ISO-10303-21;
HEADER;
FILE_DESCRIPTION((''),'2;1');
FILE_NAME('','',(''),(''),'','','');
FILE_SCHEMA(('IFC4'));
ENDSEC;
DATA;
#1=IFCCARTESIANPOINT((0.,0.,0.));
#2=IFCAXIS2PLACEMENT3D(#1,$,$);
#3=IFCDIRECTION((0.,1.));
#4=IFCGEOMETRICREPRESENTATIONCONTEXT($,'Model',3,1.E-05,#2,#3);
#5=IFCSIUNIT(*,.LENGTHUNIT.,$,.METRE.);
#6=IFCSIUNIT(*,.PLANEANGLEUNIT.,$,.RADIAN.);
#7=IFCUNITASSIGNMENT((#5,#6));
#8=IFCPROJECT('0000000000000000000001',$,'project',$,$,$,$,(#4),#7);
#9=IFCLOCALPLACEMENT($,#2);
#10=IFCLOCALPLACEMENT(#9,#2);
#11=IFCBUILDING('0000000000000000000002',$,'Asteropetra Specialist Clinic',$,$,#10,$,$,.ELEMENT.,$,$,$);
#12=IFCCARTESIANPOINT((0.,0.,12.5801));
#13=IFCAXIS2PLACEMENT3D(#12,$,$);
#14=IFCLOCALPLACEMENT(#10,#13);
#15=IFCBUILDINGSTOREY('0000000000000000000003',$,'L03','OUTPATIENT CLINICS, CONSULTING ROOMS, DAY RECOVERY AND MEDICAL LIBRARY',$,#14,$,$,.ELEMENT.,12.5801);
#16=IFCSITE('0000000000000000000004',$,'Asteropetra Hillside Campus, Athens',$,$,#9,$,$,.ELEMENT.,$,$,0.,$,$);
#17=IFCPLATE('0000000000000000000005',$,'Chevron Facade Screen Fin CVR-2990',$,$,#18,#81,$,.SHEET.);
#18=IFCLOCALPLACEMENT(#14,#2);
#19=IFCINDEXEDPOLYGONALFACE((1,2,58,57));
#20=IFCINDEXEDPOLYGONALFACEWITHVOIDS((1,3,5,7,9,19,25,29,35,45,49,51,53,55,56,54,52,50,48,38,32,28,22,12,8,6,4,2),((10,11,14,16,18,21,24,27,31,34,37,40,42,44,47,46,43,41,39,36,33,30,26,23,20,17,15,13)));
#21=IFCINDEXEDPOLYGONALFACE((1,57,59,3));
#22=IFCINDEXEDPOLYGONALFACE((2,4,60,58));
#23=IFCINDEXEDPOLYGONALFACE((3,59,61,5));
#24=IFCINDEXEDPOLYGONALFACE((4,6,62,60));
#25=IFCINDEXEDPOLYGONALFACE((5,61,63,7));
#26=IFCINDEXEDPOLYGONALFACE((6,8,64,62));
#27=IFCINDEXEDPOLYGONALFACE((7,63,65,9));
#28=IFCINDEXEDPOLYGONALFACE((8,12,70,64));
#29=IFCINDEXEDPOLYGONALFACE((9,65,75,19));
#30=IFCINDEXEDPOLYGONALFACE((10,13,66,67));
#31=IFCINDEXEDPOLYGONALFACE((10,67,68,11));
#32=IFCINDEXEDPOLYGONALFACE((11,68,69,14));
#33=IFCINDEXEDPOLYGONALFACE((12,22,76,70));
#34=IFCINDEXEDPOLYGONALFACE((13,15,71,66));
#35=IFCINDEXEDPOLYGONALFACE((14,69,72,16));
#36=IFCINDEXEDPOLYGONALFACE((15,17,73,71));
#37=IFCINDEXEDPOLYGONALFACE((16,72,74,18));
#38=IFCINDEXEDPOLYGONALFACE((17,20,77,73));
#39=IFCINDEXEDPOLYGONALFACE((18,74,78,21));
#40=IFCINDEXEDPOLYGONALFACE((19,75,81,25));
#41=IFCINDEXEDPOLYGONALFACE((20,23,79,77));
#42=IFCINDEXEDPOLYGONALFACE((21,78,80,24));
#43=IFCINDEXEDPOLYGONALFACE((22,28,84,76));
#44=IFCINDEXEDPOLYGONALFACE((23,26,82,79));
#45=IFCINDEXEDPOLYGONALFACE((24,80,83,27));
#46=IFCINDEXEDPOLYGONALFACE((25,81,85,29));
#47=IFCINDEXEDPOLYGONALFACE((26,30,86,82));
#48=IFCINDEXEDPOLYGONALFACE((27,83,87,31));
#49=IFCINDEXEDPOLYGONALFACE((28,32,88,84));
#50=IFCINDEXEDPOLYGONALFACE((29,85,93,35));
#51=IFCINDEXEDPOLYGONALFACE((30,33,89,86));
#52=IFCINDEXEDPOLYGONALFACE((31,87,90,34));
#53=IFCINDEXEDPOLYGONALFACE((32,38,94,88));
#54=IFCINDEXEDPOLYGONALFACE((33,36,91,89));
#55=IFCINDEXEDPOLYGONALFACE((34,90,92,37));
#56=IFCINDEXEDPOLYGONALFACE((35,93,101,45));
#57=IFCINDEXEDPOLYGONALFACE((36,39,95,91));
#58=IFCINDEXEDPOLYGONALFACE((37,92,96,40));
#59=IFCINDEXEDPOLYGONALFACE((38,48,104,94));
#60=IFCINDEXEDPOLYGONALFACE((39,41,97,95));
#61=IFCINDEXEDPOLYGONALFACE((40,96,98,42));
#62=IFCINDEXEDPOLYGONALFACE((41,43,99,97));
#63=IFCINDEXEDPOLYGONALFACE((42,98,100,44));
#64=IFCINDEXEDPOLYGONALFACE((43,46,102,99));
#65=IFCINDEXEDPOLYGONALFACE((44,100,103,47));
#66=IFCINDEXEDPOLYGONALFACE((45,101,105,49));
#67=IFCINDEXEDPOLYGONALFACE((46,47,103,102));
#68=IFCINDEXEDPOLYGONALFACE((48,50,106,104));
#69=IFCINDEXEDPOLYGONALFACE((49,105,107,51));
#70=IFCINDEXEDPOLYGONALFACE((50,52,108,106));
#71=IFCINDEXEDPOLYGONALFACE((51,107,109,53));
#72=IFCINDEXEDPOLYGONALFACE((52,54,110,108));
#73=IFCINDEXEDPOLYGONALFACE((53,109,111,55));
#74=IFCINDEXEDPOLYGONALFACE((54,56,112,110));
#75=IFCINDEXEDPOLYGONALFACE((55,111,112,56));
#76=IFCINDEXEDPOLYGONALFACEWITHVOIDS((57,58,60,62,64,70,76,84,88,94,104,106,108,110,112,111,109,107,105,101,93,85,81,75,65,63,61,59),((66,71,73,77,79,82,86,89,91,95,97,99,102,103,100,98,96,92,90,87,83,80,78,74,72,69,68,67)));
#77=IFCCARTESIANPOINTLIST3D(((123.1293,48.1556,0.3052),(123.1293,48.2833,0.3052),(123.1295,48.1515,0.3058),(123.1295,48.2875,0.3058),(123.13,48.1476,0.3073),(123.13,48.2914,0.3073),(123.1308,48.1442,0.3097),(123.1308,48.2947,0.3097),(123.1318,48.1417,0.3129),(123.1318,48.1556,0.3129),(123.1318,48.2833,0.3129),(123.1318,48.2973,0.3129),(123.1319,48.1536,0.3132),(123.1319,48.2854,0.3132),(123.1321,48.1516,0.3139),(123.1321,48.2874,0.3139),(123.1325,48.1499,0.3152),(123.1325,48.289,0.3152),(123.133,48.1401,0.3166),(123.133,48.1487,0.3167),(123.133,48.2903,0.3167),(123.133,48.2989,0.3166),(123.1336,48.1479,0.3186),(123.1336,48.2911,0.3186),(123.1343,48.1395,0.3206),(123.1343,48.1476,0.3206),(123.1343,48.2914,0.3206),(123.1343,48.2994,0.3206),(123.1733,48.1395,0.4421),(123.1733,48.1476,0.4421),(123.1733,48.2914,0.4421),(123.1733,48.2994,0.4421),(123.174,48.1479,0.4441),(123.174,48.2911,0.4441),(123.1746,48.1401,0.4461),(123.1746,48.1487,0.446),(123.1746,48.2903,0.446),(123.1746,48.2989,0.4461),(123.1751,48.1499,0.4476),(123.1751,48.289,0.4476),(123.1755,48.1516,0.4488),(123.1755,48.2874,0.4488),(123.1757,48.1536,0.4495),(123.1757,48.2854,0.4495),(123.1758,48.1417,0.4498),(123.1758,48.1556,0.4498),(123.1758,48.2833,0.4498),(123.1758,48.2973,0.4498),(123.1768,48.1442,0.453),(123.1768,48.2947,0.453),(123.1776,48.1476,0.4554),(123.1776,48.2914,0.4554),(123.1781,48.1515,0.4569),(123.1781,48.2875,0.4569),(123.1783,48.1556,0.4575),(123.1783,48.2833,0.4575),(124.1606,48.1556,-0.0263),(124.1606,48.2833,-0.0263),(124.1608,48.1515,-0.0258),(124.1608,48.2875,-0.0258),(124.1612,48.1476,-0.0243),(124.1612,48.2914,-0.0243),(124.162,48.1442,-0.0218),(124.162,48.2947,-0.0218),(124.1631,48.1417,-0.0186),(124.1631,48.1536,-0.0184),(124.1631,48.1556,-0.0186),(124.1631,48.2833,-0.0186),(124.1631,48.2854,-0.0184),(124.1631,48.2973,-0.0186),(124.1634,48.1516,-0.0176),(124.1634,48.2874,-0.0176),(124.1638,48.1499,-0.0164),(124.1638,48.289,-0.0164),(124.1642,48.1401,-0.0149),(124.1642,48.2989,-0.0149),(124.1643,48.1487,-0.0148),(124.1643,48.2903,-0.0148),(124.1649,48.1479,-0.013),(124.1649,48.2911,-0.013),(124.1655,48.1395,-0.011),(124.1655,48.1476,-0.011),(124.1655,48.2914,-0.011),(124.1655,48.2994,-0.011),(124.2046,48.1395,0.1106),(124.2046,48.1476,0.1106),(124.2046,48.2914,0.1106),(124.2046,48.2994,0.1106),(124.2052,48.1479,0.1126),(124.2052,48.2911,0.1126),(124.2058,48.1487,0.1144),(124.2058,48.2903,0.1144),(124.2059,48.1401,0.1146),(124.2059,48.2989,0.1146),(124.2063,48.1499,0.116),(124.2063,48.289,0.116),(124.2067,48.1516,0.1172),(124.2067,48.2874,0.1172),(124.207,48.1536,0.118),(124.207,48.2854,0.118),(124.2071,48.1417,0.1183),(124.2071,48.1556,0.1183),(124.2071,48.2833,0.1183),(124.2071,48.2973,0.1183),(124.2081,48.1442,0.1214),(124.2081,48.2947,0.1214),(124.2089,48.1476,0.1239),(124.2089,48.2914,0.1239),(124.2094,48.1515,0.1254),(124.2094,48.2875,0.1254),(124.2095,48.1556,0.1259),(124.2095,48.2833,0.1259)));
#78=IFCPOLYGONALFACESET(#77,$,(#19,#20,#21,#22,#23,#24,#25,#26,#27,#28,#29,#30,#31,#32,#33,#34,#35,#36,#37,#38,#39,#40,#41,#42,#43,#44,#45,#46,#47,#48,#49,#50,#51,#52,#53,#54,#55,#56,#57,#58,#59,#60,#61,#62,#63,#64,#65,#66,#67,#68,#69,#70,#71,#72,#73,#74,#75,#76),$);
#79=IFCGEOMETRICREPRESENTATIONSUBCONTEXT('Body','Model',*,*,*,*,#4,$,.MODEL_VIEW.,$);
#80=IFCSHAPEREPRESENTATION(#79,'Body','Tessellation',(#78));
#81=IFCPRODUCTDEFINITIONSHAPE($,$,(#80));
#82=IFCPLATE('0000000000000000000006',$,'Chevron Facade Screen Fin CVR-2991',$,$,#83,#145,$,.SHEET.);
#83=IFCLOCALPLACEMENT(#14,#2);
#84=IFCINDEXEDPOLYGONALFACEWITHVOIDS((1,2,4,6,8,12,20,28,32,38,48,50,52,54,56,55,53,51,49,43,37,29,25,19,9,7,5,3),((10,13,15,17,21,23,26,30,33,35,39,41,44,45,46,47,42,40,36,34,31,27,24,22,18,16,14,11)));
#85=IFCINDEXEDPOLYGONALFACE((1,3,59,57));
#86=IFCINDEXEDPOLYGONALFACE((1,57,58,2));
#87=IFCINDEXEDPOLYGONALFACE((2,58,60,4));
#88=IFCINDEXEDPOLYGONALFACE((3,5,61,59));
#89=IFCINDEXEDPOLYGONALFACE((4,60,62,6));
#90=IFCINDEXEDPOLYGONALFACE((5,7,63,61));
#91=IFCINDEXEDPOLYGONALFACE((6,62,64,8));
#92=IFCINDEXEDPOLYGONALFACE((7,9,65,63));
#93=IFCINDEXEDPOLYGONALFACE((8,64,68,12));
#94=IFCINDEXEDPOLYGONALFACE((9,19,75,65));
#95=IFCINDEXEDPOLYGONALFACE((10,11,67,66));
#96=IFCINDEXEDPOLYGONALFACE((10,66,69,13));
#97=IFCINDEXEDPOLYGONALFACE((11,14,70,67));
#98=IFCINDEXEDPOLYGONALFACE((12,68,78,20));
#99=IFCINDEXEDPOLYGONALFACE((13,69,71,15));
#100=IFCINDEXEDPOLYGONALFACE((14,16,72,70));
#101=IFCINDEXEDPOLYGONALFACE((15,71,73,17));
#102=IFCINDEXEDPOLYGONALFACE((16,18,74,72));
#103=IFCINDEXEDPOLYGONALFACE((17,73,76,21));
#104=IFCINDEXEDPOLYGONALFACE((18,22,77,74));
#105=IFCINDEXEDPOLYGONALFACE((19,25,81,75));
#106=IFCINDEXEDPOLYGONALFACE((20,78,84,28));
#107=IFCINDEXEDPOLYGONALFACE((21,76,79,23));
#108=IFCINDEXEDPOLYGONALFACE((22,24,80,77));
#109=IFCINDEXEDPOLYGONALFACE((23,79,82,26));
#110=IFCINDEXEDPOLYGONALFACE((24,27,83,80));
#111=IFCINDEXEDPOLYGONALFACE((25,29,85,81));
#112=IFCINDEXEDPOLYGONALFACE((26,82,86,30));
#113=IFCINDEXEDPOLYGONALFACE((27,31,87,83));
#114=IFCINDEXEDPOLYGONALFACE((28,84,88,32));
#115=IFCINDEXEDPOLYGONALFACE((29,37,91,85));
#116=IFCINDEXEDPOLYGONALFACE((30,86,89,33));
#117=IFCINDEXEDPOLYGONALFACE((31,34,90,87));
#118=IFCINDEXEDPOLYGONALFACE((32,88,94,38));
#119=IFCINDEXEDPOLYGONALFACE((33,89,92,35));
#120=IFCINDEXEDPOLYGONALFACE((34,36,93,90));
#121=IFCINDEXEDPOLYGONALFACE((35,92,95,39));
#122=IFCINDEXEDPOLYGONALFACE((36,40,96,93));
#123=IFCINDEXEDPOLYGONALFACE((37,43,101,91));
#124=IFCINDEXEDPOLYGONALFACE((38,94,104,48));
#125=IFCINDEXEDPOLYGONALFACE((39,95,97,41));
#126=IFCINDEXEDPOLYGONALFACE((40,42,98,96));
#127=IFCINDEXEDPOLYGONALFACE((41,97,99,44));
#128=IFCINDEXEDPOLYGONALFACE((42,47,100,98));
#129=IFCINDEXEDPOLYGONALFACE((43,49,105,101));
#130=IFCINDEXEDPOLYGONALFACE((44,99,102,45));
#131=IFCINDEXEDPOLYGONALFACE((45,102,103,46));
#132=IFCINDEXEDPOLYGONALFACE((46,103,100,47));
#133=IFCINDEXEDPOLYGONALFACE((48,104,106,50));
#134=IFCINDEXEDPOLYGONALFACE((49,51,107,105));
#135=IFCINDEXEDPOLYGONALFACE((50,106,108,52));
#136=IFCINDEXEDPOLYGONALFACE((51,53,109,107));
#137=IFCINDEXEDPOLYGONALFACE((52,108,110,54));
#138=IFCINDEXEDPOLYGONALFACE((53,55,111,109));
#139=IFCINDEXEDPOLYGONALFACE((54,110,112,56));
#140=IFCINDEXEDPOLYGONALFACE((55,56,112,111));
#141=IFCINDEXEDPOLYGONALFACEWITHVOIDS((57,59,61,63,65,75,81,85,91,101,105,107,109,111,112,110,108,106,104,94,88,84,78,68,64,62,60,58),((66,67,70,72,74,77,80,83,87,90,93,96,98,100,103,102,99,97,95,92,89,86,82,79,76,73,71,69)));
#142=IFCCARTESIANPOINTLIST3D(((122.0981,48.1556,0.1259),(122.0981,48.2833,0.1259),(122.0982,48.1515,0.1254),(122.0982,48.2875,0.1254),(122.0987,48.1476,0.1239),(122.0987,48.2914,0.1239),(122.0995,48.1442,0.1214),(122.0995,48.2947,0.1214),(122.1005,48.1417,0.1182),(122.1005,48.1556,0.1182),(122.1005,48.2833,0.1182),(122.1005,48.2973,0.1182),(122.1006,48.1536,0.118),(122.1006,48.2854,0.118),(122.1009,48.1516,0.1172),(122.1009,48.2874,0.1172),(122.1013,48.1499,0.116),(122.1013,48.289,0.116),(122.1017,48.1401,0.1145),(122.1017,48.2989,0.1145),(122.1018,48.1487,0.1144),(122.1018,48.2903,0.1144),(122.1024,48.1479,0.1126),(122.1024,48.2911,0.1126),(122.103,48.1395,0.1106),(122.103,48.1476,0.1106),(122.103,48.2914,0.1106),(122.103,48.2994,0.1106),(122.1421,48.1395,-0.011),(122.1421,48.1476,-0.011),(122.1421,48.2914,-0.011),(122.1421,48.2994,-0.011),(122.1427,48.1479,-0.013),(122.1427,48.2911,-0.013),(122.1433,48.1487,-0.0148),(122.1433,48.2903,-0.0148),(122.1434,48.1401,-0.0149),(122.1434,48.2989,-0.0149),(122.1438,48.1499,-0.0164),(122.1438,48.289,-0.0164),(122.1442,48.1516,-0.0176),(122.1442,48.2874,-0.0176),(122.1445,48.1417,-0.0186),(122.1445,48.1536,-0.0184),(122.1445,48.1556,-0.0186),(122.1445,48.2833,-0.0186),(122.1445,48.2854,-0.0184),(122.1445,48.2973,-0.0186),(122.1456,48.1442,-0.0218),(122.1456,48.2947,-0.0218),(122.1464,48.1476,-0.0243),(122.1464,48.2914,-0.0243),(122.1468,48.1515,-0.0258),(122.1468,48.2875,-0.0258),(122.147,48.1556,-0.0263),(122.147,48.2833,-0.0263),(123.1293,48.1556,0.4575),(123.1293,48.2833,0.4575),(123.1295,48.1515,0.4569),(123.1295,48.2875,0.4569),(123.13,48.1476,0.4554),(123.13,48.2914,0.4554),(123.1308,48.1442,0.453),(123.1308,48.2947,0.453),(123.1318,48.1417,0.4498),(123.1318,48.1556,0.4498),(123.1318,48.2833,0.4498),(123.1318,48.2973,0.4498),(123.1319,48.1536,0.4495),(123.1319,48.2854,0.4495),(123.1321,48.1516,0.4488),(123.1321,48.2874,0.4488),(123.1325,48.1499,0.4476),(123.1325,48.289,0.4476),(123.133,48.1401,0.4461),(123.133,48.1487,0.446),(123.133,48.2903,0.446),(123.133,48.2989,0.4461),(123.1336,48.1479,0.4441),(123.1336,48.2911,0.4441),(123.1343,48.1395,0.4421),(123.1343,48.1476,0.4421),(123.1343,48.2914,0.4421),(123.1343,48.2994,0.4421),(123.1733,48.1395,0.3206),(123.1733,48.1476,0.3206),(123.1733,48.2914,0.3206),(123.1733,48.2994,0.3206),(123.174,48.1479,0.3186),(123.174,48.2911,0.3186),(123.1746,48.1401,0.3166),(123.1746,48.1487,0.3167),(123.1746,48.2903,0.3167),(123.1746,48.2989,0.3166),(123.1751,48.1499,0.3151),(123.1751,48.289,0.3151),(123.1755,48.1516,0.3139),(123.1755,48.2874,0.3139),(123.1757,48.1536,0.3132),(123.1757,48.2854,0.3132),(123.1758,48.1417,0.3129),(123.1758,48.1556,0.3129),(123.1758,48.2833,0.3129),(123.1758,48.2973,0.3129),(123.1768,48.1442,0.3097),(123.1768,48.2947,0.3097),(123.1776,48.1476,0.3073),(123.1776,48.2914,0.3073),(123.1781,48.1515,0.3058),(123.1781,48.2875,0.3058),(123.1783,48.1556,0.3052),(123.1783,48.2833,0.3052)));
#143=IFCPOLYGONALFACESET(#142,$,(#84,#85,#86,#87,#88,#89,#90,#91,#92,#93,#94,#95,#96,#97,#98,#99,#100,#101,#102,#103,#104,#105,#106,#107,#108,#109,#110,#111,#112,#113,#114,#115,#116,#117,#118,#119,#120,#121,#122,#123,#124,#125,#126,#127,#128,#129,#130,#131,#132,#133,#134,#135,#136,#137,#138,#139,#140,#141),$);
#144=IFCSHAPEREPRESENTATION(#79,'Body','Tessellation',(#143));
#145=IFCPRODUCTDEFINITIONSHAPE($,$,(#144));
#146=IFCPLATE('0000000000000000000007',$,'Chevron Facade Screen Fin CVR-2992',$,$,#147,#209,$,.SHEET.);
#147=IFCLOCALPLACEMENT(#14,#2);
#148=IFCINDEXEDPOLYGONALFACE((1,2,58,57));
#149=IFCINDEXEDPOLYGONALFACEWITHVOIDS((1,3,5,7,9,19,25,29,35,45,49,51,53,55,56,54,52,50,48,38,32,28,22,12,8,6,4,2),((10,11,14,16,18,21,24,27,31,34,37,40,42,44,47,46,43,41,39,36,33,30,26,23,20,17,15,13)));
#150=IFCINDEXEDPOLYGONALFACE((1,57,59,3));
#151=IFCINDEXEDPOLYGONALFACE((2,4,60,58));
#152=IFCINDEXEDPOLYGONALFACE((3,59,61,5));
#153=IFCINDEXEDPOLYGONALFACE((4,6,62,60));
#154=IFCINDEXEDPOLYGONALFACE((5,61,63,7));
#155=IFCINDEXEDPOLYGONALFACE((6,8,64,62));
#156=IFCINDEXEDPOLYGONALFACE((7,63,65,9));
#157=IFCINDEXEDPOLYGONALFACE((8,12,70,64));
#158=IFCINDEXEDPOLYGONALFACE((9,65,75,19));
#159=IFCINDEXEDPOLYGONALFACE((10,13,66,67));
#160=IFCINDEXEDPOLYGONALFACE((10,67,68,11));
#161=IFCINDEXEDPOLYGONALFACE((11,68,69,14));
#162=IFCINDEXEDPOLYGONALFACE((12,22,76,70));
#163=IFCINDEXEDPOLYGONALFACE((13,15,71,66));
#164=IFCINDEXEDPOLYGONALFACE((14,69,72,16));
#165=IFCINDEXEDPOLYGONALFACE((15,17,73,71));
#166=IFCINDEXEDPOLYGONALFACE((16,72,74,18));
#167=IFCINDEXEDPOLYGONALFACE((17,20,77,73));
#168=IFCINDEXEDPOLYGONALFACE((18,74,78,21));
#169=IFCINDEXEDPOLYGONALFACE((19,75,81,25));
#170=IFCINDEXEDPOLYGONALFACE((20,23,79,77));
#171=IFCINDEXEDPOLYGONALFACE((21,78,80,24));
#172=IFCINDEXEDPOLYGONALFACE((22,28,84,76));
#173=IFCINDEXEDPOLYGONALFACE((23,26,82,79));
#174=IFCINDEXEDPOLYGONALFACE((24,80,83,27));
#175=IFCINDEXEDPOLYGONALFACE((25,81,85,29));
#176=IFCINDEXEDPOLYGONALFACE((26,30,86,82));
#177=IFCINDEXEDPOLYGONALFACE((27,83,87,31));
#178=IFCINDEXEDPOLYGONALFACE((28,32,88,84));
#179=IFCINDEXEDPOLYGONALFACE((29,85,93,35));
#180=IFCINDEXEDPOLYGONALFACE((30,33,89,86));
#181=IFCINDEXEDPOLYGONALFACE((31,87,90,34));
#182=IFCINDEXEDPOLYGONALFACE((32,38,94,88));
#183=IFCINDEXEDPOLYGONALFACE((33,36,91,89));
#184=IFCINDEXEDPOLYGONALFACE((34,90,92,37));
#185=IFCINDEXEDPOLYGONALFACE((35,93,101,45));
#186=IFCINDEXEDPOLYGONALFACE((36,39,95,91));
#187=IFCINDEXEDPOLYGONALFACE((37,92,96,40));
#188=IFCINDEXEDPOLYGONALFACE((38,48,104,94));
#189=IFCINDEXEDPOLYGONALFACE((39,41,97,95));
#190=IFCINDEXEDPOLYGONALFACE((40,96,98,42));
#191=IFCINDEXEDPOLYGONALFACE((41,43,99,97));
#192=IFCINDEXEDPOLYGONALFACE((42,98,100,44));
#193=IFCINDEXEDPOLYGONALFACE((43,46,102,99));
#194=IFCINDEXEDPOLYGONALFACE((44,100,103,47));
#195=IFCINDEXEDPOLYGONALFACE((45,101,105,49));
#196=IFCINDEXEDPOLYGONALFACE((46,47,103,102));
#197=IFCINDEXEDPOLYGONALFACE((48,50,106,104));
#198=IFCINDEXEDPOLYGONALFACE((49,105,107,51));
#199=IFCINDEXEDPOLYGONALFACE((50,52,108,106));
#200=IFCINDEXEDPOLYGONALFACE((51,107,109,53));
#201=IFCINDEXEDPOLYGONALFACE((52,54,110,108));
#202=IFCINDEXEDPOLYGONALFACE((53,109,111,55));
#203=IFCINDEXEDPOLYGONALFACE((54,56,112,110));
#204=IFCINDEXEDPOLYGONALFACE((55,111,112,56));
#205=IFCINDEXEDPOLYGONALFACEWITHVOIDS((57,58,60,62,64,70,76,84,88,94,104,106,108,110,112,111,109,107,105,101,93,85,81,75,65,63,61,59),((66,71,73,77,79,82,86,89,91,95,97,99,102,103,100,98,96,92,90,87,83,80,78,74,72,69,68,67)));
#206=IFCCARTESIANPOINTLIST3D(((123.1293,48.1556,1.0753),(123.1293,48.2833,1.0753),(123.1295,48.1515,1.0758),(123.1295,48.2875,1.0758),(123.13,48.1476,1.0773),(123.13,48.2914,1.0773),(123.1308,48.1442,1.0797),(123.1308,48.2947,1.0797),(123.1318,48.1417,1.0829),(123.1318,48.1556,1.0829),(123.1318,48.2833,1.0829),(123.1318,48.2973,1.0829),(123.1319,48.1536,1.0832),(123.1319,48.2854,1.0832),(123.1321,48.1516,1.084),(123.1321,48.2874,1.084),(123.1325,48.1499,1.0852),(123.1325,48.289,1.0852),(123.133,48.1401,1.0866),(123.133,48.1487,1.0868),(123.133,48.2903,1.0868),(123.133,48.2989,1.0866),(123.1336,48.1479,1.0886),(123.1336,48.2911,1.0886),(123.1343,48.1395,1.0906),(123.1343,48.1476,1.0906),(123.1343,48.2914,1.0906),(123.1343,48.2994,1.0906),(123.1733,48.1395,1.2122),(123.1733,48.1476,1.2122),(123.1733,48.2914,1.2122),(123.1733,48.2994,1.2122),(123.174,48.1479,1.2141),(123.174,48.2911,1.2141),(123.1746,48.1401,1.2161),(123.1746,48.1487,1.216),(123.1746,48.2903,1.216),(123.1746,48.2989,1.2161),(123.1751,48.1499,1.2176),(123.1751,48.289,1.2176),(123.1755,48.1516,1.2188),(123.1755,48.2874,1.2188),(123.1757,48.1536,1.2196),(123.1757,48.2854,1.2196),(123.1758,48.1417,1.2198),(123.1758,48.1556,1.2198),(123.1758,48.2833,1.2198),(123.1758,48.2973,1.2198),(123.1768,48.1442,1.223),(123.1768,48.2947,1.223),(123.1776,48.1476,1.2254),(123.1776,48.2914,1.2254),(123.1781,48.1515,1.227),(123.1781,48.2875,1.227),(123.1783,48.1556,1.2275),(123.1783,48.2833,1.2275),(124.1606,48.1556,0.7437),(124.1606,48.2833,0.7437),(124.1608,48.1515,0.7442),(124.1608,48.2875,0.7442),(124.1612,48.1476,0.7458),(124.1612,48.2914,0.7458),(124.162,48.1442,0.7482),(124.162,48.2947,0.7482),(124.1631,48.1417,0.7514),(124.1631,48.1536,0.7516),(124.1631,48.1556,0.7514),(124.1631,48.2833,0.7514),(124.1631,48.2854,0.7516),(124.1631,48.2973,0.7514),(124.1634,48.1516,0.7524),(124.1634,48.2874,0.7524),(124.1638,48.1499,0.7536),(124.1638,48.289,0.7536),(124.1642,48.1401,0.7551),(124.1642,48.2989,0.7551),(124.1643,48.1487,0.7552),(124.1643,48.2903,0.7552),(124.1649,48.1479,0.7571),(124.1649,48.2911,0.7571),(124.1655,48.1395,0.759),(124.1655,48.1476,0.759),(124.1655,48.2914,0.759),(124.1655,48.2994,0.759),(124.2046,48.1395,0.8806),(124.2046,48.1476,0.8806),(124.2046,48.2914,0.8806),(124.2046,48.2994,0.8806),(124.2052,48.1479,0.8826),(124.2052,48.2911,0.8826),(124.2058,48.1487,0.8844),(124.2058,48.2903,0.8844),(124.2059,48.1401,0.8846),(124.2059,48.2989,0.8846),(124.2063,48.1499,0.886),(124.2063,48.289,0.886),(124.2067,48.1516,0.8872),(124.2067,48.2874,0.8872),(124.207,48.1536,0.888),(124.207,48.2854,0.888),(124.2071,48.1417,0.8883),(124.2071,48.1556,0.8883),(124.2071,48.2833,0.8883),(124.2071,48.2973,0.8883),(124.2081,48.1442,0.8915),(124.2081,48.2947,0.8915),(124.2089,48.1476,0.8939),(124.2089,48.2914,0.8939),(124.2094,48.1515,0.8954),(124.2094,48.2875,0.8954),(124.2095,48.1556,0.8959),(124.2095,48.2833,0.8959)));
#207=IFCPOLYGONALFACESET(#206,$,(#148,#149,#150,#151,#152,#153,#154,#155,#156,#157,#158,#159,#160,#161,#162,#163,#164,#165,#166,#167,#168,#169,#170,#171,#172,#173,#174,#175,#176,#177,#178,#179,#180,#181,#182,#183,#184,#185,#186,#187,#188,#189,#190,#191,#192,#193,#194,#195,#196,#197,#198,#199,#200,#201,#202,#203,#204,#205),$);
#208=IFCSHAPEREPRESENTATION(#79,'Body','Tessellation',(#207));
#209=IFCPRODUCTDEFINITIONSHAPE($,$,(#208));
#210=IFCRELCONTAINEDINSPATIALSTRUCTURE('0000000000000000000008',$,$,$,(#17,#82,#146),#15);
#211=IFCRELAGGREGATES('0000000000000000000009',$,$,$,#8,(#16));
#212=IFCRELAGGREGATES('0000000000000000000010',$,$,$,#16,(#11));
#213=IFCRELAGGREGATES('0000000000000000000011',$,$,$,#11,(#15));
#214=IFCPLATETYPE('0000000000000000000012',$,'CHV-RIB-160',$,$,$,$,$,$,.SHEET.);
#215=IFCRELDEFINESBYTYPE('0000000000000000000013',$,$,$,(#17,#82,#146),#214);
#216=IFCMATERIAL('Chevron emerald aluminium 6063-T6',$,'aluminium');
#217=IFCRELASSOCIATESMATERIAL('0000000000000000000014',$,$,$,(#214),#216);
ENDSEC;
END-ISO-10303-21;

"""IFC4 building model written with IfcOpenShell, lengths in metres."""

from ifc_helpers import new_model, si_unit, direction, frame, origin, origin_2d, place, context, subcontext, project, spatial, hollow_rectangle, extrude, material, material_profile, profile_set, type_object, element, save


model = new_model("IFC4")

# Units and contexts
model_context = context("Model", 3, precision=1e-05, world=origin(), true_north=direction((0.0, 1.0)))
body_context = subcontext(model_context, "Body", "Model", "MODEL_VIEW")
ifc_project = project(units=[si_unit("LENGTHUNIT", "METRE"), si_unit("PLANEANGLEUNIT", "RADIAN")], contexts=[model_context])

# Site, building, storey
site_placement = place(None, origin())
site = spatial("IfcSite", under=ifc_project, at=site_placement, Name="Asteropetra Hillside Campus, Athens", CompositionType="ELEMENT", RefElevation=0.0)
building_placement = place(site_placement, origin())
building = spatial("IfcBuilding", under=site, at=building_placement, Name="Asteropetra Specialist Clinic", CompositionType="ELEMENT")
storey_placement = place(building_placement, frame((0.0, 0.0, 12.5801)))
storey = spatial("IfcBuildingStorey", under=building, at=storey_placement, Name="L03", Description="OUTPATIENT CLINICS, CONSULTING ROOMS, DAY RECOVERY AND MEDICAL LIBRARY", CompositionType="ELEMENT", Elevation=12.5801)

# Plates
ifc_material_1 = material(Name="Chevron emerald aluminium 6063-T6", Category="aluminium")
ifc_material_profile = material_profile(ifc_material_1, hollow_rectangle(XDim=0.1599, YDim=0.1599, WallThickness=0.0081, InnerFilletRadius=0.0081, OuterFilletRadius=0.0161, at=origin_2d()), Name="SHS 160x160x8.0")
ifc_profile_set = profile_set([ifc_material_profile], Name="Chevron emerald aluminium 6063-T6")
plate_type_1 = type_object("IfcPlateType", Name="CHV-RIB-160", PredefinedType="SHEET", material=ifc_profile_set)
for number, where, z_axis, x_axis, name in (
    (1, (124.1851, 48.2195, 0.0498), (-0.95201, 0.0, 0.306068), (0.0, -1.0, 0.0), "Chevron Facade Screen Fin CVR-2990"),
    (2, (123.1538, 48.2195, 0.3813), (-0.95201, 0.0, -0.306068), (0.0, -1.0, 0.0), "Chevron Facade Screen Fin CVR-2991"),
    (3, (124.1851, 48.2195, 0.8198), (-0.95201, 0.0, 0.306068), (0.0, -1.0, 0.0), "Chevron Facade Screen Fin CVR-2992"),
):
    element("IfcPlate", number, at=place(storey_placement, frame(where, z_axis=z_axis, x_axis=x_axis)), inside=storey, type_object=plate_type_1, Name=name, PredefinedType="SHEET", context=body_context, shape_type="SweptSolid", body=[
        extrude(hollow_rectangle(XDim=0.1599, YDim=0.1599, WallThickness=0.0081, InnerFilletRadius=0.0081, OuterFilletRadius=0.0161, at=origin_2d()), origin(), (0.0, 0.0, 1.0), 1.0833),
    ])

save(model, "model.ifc")
